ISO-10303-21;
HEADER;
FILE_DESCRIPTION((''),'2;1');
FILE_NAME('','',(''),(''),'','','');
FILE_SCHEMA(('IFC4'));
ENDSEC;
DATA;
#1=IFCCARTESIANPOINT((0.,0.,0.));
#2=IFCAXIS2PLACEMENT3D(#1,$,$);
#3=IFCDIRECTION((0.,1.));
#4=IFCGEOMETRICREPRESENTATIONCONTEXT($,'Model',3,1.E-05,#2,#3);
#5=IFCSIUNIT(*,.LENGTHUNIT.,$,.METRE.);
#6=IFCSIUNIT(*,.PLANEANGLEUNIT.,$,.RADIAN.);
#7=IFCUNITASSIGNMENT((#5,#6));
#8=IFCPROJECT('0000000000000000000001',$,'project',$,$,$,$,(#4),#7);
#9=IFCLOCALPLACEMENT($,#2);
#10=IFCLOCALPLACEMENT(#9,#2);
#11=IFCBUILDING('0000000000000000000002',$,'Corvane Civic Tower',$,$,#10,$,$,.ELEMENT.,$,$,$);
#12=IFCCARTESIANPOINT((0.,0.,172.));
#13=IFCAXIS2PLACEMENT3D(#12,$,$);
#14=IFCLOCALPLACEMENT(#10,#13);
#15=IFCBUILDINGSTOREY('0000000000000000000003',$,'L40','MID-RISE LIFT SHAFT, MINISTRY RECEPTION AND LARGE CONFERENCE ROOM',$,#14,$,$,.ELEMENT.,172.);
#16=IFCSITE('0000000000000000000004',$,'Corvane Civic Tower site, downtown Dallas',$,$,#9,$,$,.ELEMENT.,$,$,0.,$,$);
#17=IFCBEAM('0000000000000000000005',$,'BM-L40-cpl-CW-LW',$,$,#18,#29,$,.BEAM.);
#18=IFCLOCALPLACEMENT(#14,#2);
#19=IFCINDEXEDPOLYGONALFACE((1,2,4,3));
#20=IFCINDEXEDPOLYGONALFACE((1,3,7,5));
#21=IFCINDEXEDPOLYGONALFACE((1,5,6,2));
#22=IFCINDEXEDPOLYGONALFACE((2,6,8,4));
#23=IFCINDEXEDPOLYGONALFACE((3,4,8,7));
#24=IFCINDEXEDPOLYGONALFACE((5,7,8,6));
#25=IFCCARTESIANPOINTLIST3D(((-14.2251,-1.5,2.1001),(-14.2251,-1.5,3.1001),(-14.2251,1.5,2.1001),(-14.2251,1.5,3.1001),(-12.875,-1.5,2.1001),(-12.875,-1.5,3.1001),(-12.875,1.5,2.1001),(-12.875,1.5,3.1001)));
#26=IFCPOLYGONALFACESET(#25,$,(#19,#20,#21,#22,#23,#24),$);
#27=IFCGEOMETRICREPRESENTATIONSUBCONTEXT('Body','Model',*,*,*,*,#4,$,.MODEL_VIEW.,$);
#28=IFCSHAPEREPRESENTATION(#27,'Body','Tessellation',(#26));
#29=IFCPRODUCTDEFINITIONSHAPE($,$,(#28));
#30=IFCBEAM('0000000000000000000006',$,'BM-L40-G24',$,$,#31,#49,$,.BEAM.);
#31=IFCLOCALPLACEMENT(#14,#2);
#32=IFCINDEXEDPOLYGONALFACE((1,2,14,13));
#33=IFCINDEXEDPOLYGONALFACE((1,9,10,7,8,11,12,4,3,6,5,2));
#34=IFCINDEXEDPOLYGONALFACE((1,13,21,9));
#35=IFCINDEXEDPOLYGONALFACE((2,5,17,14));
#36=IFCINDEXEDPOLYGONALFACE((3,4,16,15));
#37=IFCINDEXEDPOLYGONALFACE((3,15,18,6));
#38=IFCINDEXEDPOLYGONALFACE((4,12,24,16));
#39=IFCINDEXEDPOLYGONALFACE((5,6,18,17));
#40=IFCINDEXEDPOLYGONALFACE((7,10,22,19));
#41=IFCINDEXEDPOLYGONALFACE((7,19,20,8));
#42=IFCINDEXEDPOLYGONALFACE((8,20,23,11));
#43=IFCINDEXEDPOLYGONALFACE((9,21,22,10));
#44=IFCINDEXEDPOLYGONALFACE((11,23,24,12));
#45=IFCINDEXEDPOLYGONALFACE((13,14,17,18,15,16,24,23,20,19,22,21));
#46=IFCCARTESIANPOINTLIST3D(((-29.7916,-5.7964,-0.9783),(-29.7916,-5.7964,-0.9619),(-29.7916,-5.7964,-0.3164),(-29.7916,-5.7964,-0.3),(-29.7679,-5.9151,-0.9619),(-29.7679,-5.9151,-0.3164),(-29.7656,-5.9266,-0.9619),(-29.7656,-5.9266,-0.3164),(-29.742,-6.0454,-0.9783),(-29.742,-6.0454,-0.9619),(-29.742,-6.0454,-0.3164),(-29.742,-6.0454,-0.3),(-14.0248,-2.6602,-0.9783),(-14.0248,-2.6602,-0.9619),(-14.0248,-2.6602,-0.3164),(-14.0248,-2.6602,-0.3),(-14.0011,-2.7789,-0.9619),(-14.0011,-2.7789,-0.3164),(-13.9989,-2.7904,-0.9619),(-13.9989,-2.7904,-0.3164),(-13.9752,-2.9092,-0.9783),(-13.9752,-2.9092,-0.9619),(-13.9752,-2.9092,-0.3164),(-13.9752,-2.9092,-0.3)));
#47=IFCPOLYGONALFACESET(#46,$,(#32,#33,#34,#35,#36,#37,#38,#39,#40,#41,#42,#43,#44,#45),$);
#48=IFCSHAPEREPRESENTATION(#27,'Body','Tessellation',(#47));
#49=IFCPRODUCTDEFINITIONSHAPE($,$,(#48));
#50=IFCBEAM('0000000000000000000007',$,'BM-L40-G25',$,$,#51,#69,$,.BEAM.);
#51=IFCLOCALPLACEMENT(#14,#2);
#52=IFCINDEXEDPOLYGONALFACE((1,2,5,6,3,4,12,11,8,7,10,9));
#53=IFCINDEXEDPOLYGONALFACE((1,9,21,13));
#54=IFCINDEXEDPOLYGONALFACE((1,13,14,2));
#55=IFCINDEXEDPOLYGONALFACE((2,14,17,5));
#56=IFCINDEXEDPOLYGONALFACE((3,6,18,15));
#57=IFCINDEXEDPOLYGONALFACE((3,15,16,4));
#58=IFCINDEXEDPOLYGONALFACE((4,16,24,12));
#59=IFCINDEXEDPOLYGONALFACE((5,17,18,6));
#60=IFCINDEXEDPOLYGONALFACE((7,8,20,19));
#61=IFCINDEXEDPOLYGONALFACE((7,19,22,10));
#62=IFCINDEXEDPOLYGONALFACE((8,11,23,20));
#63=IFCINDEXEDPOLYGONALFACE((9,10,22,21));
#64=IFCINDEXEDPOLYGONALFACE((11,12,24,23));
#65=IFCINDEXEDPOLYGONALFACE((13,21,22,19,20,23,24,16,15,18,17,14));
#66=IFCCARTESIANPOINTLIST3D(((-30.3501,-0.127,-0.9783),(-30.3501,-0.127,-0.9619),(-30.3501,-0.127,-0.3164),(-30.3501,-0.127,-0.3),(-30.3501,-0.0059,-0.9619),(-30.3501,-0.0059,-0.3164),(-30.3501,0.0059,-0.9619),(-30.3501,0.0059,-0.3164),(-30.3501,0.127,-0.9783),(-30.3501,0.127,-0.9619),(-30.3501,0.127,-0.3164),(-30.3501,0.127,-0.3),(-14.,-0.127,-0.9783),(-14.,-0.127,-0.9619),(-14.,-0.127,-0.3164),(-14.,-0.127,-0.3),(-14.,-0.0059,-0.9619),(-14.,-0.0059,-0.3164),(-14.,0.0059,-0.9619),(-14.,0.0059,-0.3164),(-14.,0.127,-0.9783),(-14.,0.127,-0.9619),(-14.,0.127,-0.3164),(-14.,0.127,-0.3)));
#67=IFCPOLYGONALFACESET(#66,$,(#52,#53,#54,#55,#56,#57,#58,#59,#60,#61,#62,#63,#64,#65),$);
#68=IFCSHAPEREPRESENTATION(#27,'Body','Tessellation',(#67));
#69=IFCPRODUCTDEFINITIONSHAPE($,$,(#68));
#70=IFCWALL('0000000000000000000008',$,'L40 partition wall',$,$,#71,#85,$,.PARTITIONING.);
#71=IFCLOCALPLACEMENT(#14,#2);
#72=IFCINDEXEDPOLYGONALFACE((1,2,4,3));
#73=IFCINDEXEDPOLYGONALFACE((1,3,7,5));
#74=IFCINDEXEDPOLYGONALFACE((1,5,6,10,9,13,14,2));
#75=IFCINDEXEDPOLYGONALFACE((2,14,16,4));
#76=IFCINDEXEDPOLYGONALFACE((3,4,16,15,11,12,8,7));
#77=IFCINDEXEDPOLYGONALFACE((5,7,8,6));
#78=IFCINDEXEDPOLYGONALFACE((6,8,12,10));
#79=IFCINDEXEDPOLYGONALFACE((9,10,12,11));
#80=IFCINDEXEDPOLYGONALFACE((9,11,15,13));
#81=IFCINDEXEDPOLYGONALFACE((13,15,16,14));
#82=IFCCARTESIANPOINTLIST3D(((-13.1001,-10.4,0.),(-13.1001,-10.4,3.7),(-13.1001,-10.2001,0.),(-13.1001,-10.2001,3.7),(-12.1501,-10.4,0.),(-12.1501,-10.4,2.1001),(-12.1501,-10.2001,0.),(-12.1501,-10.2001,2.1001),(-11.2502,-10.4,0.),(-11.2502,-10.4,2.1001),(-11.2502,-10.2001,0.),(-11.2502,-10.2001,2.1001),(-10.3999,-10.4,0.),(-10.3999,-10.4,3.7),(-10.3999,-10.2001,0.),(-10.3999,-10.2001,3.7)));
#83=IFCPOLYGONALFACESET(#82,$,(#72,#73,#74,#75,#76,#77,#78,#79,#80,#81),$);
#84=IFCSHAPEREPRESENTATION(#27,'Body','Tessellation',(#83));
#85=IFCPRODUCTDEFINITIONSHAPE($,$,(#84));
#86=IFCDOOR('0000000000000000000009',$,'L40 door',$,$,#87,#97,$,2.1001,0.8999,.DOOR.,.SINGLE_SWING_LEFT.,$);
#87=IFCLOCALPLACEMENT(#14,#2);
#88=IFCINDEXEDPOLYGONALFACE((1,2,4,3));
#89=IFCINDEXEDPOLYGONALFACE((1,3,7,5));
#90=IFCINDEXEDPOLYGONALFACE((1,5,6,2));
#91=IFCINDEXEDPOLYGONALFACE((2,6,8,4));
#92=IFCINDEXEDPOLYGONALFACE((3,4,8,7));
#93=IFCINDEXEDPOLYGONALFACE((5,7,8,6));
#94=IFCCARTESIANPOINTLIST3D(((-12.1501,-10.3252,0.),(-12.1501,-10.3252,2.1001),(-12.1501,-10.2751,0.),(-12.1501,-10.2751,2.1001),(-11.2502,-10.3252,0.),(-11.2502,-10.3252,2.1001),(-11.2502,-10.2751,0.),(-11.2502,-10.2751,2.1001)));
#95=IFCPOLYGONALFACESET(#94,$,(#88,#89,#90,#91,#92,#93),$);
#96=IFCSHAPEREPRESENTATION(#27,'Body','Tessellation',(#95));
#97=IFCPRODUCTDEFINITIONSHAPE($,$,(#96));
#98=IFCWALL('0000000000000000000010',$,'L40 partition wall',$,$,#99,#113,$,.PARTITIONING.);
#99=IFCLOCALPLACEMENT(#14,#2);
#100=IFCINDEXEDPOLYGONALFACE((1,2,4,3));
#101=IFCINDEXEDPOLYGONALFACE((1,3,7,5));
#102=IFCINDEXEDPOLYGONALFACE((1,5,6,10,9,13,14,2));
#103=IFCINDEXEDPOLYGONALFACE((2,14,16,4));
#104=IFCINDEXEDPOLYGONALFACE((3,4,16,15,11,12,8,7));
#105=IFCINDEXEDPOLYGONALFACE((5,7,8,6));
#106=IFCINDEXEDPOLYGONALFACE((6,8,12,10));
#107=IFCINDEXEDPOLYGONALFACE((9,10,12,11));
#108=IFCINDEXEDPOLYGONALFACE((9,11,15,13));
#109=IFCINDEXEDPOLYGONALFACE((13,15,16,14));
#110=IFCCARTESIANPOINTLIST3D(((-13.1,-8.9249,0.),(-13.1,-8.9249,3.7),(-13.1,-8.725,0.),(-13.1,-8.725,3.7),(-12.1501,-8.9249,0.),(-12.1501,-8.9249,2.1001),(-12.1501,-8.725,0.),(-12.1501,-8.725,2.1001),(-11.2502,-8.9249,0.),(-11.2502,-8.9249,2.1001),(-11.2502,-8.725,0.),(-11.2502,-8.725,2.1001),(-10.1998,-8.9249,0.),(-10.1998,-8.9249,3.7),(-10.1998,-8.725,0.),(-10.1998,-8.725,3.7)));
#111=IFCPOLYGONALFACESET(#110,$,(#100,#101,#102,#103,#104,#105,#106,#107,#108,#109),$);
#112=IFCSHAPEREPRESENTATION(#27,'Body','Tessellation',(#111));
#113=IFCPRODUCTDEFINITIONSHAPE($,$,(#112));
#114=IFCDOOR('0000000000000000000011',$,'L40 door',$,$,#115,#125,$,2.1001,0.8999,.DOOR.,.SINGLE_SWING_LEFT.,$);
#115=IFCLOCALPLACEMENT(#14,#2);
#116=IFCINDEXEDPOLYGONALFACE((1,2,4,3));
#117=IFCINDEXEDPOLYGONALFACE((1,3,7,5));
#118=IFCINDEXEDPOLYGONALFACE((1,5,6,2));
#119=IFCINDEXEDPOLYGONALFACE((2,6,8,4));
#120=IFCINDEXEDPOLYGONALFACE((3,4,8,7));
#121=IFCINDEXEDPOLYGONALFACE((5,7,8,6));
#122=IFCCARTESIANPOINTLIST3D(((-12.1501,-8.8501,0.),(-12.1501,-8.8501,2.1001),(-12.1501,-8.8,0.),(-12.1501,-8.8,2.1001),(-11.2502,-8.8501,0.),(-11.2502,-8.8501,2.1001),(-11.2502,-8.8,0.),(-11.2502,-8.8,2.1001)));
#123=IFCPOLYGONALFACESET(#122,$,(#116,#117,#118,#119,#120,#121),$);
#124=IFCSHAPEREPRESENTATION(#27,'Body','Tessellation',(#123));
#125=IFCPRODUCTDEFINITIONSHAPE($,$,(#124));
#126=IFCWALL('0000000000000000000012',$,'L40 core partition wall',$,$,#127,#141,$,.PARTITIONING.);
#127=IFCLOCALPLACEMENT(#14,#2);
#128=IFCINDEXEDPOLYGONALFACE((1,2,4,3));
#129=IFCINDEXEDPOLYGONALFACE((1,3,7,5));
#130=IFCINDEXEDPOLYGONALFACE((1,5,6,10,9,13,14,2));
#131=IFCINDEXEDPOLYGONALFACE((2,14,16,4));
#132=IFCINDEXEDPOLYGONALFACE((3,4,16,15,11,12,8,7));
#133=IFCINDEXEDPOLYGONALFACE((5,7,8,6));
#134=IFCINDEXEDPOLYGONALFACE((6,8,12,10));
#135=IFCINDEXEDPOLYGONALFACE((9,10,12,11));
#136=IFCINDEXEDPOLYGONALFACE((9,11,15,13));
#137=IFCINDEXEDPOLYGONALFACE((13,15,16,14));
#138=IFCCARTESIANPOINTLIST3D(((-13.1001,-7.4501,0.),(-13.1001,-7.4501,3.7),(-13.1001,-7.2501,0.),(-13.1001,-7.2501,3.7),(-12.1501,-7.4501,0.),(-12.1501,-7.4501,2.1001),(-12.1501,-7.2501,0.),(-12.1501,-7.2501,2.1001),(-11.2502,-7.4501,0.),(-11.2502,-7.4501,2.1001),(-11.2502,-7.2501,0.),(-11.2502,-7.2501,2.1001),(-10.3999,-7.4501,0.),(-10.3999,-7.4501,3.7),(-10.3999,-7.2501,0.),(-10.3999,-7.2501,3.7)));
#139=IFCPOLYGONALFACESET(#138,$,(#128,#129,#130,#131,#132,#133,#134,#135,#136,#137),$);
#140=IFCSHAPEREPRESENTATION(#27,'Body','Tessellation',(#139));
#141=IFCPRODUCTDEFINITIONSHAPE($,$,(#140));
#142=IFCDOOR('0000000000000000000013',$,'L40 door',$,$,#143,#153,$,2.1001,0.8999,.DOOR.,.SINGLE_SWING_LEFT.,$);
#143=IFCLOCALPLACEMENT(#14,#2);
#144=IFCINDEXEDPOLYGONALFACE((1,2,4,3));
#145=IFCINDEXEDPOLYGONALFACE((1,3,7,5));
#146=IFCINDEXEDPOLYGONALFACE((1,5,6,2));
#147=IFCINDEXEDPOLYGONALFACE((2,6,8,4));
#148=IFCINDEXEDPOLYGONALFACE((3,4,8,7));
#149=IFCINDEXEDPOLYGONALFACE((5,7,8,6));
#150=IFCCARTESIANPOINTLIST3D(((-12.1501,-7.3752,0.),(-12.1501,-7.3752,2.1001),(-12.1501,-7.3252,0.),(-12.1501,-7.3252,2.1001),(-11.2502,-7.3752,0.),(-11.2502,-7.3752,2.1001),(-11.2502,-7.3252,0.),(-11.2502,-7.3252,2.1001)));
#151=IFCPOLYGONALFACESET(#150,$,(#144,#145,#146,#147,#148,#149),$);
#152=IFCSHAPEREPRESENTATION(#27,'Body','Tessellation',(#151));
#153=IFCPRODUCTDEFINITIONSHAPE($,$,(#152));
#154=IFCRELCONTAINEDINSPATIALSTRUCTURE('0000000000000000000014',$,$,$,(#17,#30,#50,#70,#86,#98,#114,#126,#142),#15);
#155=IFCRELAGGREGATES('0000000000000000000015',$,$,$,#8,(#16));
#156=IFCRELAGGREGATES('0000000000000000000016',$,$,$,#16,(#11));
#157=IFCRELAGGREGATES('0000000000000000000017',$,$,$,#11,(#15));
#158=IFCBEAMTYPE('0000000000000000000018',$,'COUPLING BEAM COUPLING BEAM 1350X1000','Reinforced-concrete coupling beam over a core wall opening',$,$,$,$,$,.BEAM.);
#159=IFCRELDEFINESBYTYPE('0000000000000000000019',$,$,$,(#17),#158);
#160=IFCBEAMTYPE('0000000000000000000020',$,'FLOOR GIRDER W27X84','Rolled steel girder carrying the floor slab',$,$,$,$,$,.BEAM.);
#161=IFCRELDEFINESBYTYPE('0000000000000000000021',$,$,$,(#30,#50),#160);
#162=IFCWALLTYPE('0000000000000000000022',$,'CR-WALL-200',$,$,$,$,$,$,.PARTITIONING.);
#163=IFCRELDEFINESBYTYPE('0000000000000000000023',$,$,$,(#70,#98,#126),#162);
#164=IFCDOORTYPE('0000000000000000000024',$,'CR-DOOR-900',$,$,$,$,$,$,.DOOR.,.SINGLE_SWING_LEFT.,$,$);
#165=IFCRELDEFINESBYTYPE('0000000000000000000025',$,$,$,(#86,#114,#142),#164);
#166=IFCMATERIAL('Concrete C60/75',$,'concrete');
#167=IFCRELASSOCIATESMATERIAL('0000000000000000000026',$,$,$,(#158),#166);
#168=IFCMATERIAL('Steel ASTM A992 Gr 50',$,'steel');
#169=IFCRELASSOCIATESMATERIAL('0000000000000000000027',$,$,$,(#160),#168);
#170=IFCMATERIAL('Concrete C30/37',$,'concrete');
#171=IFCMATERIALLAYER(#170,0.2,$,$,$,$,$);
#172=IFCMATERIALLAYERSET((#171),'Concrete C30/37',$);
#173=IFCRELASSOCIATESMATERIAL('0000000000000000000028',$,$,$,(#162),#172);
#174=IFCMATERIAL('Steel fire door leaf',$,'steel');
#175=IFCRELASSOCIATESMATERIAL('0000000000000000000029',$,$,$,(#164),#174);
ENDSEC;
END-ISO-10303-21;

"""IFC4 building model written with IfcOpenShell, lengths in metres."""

from ifc_helpers import new_model, si_unit, direction, frame, frame_2d, origin, origin_2d, place, context, subcontext, project, spatial, rectangle, i_section, extrude, material, layer, layer_set, material_profile, profile_set, type_object, element, fill, save


model = new_model("IFC4")

# Units and contexts
model_context = context("Model", 3, precision=1e-05, world=origin(), true_north=direction((0.0, 1.0)))
body_context = subcontext(model_context, "Body", "Model", "MODEL_VIEW")
ifc_project = project(units=[si_unit("LENGTHUNIT", "METRE"), si_unit("PLANEANGLEUNIT", "RADIAN")], contexts=[model_context])

# Site, building, storey
site_placement = place(None, origin())
site = spatial("IfcSite", under=ifc_project, at=site_placement, Name="Corvane Civic Tower site, downtown Dallas", CompositionType="ELEMENT", RefElevation=0.0)
building_placement = place(site_placement, origin())
building = spatial("IfcBuilding", under=site, at=building_placement, Name="Corvane Civic Tower", CompositionType="ELEMENT")
storey_placement = place(building_placement, frame((0.0, 0.0, 172.0)))
storey = spatial("IfcBuildingStorey", under=building, at=storey_placement, Name="L40", Description="MID-RISE LIFT SHAFT, MINISTRY RECEPTION AND LARGE CONFERENCE ROOM", CompositionType="ELEMENT", Elevation=172.0)

# Beams
ifc_material_1 = material(Name="Concrete C60/75", Category="concrete")
ifc_material_profile_1 = material_profile(ifc_material_1, rectangle(XDim=1.3501, YDim=1.0, at=origin_2d()), Name="COUPLING BEAM 1350X1000")
ifc_profile_set_1 = profile_set([ifc_material_profile_1], Name="Concrete C60/75")
beam_type_1 = type_object("IfcBeamType", Name="COUPLING BEAM COUPLING BEAM 1350X1000", Description="Reinforced-concrete coupling beam over a core wall opening", PredefinedType="BEAM", material=ifc_profile_set_1)
beam_1_placement = place(storey_placement, frame((-13.55, -1.5, 2.6001), z_axis=(0.0, 1.0, 0.0), x_axis=(-1.0, 0.0, 0.0)))
element("IfcBeam", 1, at=beam_1_placement, inside=storey, type_object=beam_type_1, Name="BM-L40-cpl-CW-LW", PredefinedType="BEAM", context=body_context, shape_type="SweptSolid", body=[
    extrude(rectangle(XDim=1.3501, YDim=1.0, at=origin_2d()), origin(), (0.0, 0.0, 1.0), 3.0),
])
ifc_material_2 = material(Name="Steel ASTM A992 Gr 50", Category="steel")
ifc_material_profile_2 = material_profile(ifc_material_2, i_section(OverallWidth=0.2539, OverallDepth=0.6782, WebThickness=0.0117, FlangeThickness=0.0164, at=origin_2d()), Name="W27X84")
ifc_profile_set_2 = profile_set([ifc_material_profile_2], Name="Steel ASTM A992 Gr 50")
beam_type_2 = type_object("IfcBeamType", Name="FLOOR GIRDER W27X84", Description="Rolled steel girder carrying the floor slab", PredefinedType="BEAM", material=ifc_profile_set_2)
beam_2_placement = place(storey_placement, frame((-14.0, -2.7847, -0.6392), z_axis=(-0.980785, -0.195091, 0.0), x_axis=(0.195091, -0.980785, 0.0)))
element("IfcBeam", 2, at=beam_2_placement, inside=storey, type_object=beam_type_2, Name="BM-L40-G24", PredefinedType="BEAM", context=body_context, shape_type="SweptSolid", body=[
    extrude(i_section(OverallWidth=0.2539, OverallDepth=0.6782, WebThickness=0.0117, FlangeThickness=0.0164, at=origin_2d()), origin(), (0.0, 0.0, 1.0), 16.0757),
])
beam_3_placement = place(storey_placement, frame((-14.0, 0.0, -0.6392), z_axis=(-1.0, 0.0, 0.0), x_axis=(0.0, -1.0, 0.0)))
element("IfcBeam", 3, at=beam_3_placement, inside=storey, type_object=beam_type_2, Name="BM-L40-G25", PredefinedType="BEAM", context=body_context, shape_type="SweptSolid", body=[
    extrude(i_section(OverallWidth=0.2539, OverallDepth=0.6782, WebThickness=0.0117, FlangeThickness=0.0164, at=origin_2d()), origin(), (0.0, 0.0, 1.0), 16.3501),
])

# Walls, openings, doors
ifc_material_3 = material(Name="Concrete C30/37", Category="concrete")
ifc_layer_1 = layer(ifc_material_3, 0.2)
ifc_layer_set_1 = layer_set([ifc_layer_1], Name="Concrete C30/37")
wall_type_1 = type_object("IfcWallType", Name="CR-WALL-200", PredefinedType="PARTITIONING", material=ifc_layer_set_1)
wall_1_placement = place(storey_placement, frame((-13.1001, -10.3, 0.0), z_axis=(0.0, 0.0, 1.0), x_axis=(1.0, 0.0, 0.0)))
wall_1 = element("IfcWall", 4, at=wall_1_placement, inside=storey, type_object=wall_type_1, Name="L40 partition wall", PredefinedType="PARTITIONING", context=body_context, shape_type="SweptSolid", body=[
    extrude(rectangle(XDim=2.7002, YDim=0.2, at=frame_2d((1.3501, 0.0))), origin(), (0.0, 0.0, 1.0), 3.7),
])
opening_1_placement = place(wall_1_placement, frame((0.95, 0.0, 0.0)))
opening_1 = element("IfcOpeningElement", 5, at=opening_1_placement, cuts=wall_1, PredefinedType="OPENING", context=body_context, shape_type="SweptSolid", body=[
    extrude(rectangle(XDim=0.8999, YDim=2.1001, at=frame_2d((0.45, 1.05))), frame((0.0, 0.1099, 0.0), z_axis=(0.0, -1.0, 0.0), x_axis=(1.0, 0.0, 0.0)), (0.0, 0.0, 1.0), 0.22),
])
ifc_material_4 = material(Name="Steel fire door leaf", Category="steel")
door_type_1 = type_object("IfcDoorType", Name="CR-DOOR-900", OperationType="SINGLE_SWING_LEFT", PredefinedType="DOOR", material=ifc_material_4)
door_1_placement = place(opening_1_placement, origin())
door_1 = element("IfcDoor", 6, at=door_1_placement, inside=storey, type_object=door_type_1, Name="L40 door", OperationType="SINGLE_SWING_LEFT", OverallHeight=2.1001, OverallWidth=0.8999, PredefinedType="DOOR", context=body_context, shape_type="SweptSolid", body=[
    extrude(rectangle(XDim=0.8999, YDim=2.1001, at=frame_2d((0.45, 1.05))), frame((0.0, 0.0249, 0.0), z_axis=(0.0, -1.0, 0.0), x_axis=(1.0, 0.0, 0.0)), (0.0, 0.0, 1.0), 0.05),
])
fill(opening_1, door_1)
wall_2_placement = place(storey_placement, frame((-13.1001, -8.825, 0.0), z_axis=(0.0, 0.0, 1.0), x_axis=(1.0, 0.0, 0.0)))
wall_2 = element("IfcWall", 7, at=wall_2_placement, inside=storey, type_object=wall_type_1, Name="L40 partition wall", PredefinedType="PARTITIONING", context=body_context, shape_type="SweptSolid", body=[
    extrude(rectangle(XDim=2.9001, YDim=0.2, at=frame_2d((1.4502, 0.0))), origin(), (0.0, 0.0, 1.0), 3.7),
])
opening_2_placement = place(wall_2_placement, frame((0.95, 0.0, 0.0)))
opening_2 = element("IfcOpeningElement", 8, at=opening_2_placement, cuts=wall_2, PredefinedType="OPENING", context=body_context, shape_type="SweptSolid", body=[
    extrude(rectangle(XDim=0.8999, YDim=2.1001, at=frame_2d((0.45, 1.05))), frame((0.0, 0.1099, 0.0), z_axis=(0.0, -1.0, 0.0), x_axis=(1.0, 0.0, 0.0)), (0.0, 0.0, 1.0), 0.22),
])
door_2_placement = place(opening_2_placement, origin())
door_2 = element("IfcDoor", 9, at=door_2_placement, inside=storey, type_object=door_type_1, Name="L40 door", OperationType="SINGLE_SWING_LEFT", OverallHeight=2.1001, OverallWidth=0.8999, PredefinedType="DOOR", context=body_context, shape_type="SweptSolid", body=[
    extrude(rectangle(XDim=0.8999, YDim=2.1001, at=frame_2d((0.45, 1.05))), frame((0.0, 0.0249, 0.0), z_axis=(0.0, -1.0, 0.0), x_axis=(1.0, 0.0, 0.0)), (0.0, 0.0, 1.0), 0.05),
])
fill(opening_2, door_2)
wall_3_placement = place(storey_placement, frame((-13.1001, -7.3501, 0.0), z_axis=(0.0, 0.0, 1.0), x_axis=(1.0, 0.0, 0.0)))
wall_3 = element("IfcWall", 10, at=wall_3_placement, inside=storey, type_object=wall_type_1, Name="L40 core partition wall", PredefinedType="PARTITIONING", context=body_context, shape_type="SweptSolid", body=[
    extrude(rectangle(XDim=2.7002, YDim=0.2, at=frame_2d((1.3501, 0.0))), origin(), (0.0, 0.0, 1.0), 3.7),
])
opening_3_placement = place(wall_3_placement, frame((0.95, 0.0, 0.0)))
opening_3 = element("IfcOpeningElement", 11, at=opening_3_placement, cuts=wall_3, PredefinedType="OPENING", context=body_context, shape_type="SweptSolid", body=[
    extrude(rectangle(XDim=0.8999, YDim=2.1001, at=frame_2d((0.45, 1.05))), frame((0.0, 0.1099, 0.0), z_axis=(0.0, -1.0, 0.0), x_axis=(1.0, 0.0, 0.0)), (0.0, 0.0, 1.0), 0.22),
])
door_3_placement = place(opening_3_placement, origin())
door_3 = element("IfcDoor", 12, at=door_3_placement, inside=storey, type_object=door_type_1, Name="L40 door", OperationType="SINGLE_SWING_LEFT", OverallHeight=2.1001, OverallWidth=0.8999, PredefinedType="DOOR", context=body_context, shape_type="SweptSolid", body=[
    extrude(rectangle(XDim=0.8999, YDim=2.1001, at=frame_2d((0.45, 1.05))), frame((0.0, 0.0249, 0.0), z_axis=(0.0, -1.0, 0.0), x_axis=(1.0, 0.0, 0.0)), (0.0, 0.0, 1.0), 0.05),
])
fill(opening_3, door_3)

save(model, "model.ifc")
